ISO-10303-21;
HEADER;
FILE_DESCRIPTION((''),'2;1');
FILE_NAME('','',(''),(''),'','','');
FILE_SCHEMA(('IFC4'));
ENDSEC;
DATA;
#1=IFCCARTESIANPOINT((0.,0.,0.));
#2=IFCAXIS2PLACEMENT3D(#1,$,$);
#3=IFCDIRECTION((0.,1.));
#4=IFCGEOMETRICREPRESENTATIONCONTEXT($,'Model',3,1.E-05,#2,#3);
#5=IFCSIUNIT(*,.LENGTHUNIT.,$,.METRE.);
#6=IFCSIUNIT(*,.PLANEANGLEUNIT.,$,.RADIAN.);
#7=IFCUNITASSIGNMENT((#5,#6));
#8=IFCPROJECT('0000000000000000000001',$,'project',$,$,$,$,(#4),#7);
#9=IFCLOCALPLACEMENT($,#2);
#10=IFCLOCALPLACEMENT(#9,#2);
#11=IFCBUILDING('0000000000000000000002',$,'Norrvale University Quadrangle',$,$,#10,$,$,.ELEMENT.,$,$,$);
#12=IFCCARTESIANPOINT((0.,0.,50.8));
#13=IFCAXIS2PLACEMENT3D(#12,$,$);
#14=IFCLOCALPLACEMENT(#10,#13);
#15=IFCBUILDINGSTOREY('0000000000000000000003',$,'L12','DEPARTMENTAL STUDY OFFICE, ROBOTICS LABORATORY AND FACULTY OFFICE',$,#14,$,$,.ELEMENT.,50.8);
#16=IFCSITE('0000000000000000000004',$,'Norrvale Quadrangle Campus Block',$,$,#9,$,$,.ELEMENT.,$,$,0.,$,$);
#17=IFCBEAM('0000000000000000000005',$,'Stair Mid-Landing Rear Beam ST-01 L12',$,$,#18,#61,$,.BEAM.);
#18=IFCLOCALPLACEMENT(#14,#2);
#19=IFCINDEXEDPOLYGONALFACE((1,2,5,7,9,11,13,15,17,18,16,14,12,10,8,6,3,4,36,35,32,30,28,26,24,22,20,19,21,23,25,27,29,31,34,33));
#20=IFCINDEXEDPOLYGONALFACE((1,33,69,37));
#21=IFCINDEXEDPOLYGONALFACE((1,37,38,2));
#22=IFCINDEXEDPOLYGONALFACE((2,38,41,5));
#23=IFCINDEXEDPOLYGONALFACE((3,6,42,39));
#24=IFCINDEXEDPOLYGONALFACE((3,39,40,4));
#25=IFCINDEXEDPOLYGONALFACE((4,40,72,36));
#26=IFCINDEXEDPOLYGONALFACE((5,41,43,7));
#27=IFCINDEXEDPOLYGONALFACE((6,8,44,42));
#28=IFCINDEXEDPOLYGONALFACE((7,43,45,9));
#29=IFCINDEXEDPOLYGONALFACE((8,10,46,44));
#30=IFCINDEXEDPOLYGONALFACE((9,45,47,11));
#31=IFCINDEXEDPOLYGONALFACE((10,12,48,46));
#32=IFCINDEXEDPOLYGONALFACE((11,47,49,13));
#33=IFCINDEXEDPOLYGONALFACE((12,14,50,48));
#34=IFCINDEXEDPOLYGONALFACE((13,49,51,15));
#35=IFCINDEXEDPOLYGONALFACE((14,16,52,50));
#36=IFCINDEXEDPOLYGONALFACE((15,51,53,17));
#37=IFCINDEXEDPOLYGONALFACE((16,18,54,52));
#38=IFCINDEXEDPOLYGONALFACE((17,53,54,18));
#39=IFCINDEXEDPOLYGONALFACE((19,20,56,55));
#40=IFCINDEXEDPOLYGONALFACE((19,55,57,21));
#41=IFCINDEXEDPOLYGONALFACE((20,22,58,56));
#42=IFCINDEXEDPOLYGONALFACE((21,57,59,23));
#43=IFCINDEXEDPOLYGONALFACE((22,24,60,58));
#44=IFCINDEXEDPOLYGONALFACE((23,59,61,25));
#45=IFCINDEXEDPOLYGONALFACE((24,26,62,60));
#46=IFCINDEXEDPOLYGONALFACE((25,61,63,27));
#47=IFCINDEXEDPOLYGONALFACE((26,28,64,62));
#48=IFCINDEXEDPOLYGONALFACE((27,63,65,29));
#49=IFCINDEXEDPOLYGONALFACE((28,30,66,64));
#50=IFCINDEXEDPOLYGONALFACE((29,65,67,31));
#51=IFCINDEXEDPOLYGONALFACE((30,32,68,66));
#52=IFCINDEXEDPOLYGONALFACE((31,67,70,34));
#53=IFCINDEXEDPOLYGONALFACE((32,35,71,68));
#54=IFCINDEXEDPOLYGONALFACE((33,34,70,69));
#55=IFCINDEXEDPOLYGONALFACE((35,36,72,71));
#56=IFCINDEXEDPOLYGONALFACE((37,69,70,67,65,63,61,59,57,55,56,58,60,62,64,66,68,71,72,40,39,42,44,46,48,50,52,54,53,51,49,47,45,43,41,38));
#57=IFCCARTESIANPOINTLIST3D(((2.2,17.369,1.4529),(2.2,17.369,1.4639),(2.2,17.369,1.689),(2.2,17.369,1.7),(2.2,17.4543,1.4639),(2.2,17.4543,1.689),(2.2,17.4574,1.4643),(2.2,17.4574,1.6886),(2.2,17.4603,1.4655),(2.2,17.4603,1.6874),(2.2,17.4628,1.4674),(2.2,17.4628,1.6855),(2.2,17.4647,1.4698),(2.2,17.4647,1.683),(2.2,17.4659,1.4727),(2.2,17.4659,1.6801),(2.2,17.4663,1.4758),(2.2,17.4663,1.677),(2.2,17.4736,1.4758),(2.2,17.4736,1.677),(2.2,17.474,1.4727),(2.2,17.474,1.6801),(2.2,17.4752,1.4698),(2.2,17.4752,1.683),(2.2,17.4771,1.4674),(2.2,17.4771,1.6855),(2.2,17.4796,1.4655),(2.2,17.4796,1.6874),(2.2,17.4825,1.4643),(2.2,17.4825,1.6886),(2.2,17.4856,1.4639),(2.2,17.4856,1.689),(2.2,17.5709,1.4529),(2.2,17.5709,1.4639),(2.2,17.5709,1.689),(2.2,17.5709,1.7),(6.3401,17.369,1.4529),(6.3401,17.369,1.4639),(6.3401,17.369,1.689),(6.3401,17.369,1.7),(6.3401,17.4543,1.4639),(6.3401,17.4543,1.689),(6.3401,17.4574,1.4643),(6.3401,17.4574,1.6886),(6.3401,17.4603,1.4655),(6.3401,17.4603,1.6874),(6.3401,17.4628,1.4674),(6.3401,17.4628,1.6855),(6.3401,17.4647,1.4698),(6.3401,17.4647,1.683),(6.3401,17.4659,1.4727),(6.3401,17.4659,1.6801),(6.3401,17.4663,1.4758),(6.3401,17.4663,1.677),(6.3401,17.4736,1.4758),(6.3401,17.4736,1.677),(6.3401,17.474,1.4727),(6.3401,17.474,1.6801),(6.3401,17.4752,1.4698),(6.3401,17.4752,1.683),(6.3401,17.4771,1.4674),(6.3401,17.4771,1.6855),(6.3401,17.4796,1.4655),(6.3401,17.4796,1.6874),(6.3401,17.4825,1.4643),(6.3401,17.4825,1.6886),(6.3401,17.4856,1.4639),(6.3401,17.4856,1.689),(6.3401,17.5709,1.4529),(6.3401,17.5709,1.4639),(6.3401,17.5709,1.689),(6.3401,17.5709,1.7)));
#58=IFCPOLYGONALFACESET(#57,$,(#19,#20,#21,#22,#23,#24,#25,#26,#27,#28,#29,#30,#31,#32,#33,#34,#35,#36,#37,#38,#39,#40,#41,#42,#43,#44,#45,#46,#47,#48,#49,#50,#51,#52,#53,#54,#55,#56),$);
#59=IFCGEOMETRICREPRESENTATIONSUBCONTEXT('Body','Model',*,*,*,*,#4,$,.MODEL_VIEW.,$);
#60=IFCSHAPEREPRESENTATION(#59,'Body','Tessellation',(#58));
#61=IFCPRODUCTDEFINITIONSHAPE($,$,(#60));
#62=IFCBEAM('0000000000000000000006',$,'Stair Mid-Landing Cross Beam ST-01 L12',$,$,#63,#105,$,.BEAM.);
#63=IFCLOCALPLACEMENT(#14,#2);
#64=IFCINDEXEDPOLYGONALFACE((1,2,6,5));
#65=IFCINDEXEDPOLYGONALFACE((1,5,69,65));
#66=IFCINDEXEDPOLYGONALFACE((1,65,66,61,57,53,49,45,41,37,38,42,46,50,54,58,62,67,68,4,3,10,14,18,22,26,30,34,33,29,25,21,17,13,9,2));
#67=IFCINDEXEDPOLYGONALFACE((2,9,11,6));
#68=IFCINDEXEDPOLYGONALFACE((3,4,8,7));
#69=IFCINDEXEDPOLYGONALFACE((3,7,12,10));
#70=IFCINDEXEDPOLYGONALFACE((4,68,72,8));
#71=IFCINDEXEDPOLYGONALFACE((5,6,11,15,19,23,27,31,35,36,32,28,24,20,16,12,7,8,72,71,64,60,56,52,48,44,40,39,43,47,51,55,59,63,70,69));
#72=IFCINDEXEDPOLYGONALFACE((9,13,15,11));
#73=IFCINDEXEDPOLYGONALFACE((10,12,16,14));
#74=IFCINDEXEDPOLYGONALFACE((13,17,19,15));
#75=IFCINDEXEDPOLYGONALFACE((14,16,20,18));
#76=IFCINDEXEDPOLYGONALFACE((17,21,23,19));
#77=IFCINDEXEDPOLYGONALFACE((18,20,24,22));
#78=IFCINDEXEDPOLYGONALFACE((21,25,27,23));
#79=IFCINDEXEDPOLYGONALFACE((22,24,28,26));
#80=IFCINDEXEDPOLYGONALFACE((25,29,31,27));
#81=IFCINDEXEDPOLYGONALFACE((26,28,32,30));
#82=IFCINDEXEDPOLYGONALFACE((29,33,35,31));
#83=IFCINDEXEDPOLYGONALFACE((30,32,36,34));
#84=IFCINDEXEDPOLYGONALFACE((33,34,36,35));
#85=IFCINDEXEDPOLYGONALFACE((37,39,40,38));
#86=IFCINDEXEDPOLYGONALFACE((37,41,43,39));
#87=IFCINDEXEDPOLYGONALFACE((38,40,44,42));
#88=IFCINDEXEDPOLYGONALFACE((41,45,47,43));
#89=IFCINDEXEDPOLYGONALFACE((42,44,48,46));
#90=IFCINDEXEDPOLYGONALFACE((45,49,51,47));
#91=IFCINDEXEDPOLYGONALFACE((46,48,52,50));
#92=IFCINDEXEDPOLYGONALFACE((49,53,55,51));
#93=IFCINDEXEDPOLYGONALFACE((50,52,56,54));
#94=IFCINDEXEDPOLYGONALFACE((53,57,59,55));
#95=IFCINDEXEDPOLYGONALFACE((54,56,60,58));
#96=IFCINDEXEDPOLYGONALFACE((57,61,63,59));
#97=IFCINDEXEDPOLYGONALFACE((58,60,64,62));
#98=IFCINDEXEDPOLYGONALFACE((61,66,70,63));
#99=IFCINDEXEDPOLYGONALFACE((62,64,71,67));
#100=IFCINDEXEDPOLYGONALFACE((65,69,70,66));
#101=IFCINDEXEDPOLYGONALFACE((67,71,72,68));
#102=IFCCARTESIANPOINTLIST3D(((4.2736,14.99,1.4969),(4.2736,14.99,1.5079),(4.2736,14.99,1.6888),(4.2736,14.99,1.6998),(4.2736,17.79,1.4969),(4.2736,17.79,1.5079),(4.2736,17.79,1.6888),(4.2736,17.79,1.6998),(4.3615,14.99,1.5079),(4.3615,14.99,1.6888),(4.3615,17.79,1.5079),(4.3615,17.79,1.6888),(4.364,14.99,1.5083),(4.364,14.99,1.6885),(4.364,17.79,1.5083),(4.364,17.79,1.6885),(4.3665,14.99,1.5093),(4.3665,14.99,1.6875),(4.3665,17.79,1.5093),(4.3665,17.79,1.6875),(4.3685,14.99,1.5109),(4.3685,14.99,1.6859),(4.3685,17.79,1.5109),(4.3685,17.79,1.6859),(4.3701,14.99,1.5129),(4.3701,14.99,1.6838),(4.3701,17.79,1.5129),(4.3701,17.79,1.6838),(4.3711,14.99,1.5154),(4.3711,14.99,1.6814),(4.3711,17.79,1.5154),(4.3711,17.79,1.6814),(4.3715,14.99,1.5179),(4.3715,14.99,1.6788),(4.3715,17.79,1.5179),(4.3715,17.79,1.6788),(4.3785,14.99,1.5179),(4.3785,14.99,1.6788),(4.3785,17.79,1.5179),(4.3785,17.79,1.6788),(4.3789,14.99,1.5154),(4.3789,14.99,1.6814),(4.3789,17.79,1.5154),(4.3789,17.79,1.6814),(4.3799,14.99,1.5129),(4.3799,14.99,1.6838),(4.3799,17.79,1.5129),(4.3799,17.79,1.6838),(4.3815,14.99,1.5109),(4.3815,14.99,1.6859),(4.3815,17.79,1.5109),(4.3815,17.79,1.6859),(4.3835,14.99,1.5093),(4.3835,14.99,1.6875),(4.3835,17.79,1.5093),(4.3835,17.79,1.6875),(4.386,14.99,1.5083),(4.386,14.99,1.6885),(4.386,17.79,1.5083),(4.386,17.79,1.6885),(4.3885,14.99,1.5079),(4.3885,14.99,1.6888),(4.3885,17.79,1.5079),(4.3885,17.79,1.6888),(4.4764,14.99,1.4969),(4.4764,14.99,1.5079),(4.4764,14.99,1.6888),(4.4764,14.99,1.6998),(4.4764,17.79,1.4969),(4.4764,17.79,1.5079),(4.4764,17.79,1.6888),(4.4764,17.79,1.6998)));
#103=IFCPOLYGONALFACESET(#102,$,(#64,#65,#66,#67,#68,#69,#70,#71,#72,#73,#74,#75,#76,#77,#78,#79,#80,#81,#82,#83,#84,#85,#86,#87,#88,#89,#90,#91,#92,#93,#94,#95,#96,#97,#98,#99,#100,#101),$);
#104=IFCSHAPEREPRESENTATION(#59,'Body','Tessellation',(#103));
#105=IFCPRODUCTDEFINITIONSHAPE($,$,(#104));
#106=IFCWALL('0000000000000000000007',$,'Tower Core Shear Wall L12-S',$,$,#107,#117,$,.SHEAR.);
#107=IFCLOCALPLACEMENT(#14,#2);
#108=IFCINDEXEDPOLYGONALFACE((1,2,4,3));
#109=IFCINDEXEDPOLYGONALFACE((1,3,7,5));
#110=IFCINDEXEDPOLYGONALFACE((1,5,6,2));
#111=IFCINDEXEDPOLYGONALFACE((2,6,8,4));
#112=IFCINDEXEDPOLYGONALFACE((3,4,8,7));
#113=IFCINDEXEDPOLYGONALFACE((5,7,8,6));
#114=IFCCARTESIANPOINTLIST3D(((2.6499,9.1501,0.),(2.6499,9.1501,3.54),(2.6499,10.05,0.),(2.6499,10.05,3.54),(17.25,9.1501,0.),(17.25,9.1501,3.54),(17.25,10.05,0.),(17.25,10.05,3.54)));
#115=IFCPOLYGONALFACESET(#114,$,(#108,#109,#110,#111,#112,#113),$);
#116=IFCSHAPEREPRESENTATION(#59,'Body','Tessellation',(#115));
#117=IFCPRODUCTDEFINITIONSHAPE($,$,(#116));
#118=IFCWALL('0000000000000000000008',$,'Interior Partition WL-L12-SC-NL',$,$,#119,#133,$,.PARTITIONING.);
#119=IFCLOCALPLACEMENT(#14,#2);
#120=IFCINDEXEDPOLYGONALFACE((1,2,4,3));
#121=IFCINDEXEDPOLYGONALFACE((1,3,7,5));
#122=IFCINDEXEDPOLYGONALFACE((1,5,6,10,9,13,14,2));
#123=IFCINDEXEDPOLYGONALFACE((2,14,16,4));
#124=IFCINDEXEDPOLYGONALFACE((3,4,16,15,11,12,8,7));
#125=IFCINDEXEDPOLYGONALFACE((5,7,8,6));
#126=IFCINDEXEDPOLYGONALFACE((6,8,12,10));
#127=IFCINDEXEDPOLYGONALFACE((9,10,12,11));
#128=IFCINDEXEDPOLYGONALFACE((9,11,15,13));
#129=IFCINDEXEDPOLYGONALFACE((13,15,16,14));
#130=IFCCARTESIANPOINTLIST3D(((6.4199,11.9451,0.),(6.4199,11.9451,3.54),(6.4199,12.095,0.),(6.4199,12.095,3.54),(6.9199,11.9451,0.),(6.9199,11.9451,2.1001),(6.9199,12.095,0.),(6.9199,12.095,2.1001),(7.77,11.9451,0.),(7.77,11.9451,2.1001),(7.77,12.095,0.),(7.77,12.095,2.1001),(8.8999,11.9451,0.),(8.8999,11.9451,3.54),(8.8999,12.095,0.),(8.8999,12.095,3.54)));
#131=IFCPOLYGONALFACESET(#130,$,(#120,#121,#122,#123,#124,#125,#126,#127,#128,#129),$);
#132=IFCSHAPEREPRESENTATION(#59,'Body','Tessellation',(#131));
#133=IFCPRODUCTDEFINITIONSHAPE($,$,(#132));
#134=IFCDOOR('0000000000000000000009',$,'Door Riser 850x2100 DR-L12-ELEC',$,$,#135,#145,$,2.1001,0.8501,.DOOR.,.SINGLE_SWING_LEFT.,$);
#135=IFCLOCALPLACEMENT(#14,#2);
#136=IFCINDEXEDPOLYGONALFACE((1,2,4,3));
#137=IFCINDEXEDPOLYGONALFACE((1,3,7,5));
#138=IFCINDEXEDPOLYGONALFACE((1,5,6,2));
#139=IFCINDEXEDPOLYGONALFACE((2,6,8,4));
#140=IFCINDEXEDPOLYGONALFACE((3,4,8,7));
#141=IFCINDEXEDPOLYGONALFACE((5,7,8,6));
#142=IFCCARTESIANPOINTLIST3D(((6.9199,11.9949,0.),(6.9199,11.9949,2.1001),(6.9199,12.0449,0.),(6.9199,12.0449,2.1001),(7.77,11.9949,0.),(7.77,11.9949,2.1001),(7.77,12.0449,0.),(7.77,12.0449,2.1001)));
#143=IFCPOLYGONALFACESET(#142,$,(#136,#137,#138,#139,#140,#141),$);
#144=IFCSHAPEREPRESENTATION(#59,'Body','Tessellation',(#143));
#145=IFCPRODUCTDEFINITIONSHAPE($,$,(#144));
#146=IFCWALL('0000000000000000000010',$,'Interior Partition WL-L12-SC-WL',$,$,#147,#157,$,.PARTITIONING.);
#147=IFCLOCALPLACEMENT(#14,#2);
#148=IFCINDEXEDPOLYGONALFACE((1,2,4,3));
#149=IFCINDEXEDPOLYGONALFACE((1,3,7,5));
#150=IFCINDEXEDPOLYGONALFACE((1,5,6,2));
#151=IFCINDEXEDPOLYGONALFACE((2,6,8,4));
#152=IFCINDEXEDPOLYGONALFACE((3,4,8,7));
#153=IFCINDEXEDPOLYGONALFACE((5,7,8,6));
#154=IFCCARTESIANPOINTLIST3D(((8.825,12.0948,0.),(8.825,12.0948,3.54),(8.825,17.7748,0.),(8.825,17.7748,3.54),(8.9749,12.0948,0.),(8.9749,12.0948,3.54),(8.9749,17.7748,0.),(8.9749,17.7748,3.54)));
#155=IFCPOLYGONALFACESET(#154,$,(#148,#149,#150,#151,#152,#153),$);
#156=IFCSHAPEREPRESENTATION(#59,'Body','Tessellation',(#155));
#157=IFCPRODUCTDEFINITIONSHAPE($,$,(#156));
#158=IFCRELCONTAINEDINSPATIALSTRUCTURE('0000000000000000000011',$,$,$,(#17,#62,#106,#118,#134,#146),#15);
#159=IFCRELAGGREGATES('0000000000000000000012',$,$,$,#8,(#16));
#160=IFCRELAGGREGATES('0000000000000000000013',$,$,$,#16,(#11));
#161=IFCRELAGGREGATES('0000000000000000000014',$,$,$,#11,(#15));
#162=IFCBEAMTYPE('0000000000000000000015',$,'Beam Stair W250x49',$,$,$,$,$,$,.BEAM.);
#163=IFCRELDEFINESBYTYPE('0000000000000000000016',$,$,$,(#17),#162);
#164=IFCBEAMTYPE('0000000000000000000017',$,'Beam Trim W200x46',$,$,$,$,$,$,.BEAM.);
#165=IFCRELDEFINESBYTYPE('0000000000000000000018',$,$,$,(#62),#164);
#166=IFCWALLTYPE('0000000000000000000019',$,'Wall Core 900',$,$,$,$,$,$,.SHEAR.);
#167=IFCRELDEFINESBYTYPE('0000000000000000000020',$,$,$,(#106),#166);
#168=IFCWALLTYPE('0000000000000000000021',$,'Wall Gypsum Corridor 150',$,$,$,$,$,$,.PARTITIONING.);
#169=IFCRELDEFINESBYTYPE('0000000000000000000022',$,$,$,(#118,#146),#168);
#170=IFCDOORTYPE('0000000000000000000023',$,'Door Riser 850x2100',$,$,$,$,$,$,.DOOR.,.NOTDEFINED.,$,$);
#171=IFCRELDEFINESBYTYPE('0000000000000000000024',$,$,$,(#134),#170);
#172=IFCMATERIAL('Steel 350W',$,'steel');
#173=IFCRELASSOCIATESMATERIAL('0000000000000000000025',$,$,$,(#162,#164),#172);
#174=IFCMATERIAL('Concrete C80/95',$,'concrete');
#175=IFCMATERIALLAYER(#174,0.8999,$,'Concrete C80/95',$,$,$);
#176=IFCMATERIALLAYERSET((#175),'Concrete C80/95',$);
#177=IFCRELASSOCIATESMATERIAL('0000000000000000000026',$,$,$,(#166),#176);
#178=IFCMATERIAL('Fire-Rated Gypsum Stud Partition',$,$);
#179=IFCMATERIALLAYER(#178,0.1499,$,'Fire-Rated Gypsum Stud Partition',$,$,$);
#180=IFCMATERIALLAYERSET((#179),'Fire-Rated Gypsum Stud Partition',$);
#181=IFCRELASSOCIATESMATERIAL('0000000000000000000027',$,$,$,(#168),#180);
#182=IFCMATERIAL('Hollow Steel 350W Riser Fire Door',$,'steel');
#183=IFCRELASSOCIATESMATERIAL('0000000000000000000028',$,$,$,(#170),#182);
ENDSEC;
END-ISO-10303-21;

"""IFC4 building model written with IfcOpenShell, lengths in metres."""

from ifc_helpers import new_model, si_unit, direction, frame, frame_2d, origin, origin_2d, place, context, subcontext, project, spatial, rectangle, i_section, extrude, material, layer, layer_set, material_profile, profile_set, type_object, element, fill, save


model = new_model("IFC4")

# Units and contexts
model_context = context("Model", 3, precision=1e-05, world=origin(), true_north=direction((0.0, 1.0)))
body_context = subcontext(model_context, "Body", "Model", "MODEL_VIEW")
ifc_project = project(units=[si_unit("LENGTHUNIT", "METRE"), si_unit("PLANEANGLEUNIT", "RADIAN")], contexts=[model_context])

# Site, building, storey
site_placement = place(None, origin())
site = spatial("IfcSite", under=ifc_project, at=site_placement, Name="Norrvale Quadrangle Campus Block", CompositionType="ELEMENT", RefElevation=0.0)
building_placement = place(site_placement, origin())
building = spatial("IfcBuilding", under=site, at=building_placement, Name="Norrvale University Quadrangle", CompositionType="ELEMENT")
storey_placement = place(building_placement, frame((0.0, 0.0, 50.8)))
storey = spatial("IfcBuildingStorey", under=building, at=storey_placement, Name="L12", Description="DEPARTMENTAL STUDY OFFICE, ROBOTICS LABORATORY AND FACULTY OFFICE", CompositionType="ELEMENT", Elevation=50.8)

# Shared definitions
ifc_material_1 = material(Name="Concrete C80/95", Category="concrete")

# Beams
ifc_material_2 = material(Name="Steel 350W", Category="steel")
ifc_material_profile_1 = material_profile(ifc_material_2, i_section(OverallWidth=0.2019, OverallDepth=0.2471, WebThickness=0.0073, FlangeThickness=0.011, FilletRadius=0.012, at=origin_2d()), Name="Steel 350W")
ifc_profile_set_1 = profile_set([ifc_material_profile_1], Name="Steel 350W")
beam_type_1 = type_object("IfcBeamType", Name="Beam Stair W250x49", PredefinedType="BEAM", material=ifc_profile_set_1)
for number, where, z_axis, x_axis, name in (
    (1, (2.2, 17.47, 1.5764), (1.0, 0.0, 0.0), (0.0, 1.0, 0.0), "Stair Mid-Landing Rear Beam ST-01 L12"),
):
    element("IfcBeam", number, at=place(storey_placement, frame(where, z_axis=z_axis, x_axis=x_axis)), inside=storey, type_object=beam_type_1, Name=name, PredefinedType="BEAM", context=body_context, shape_type="SweptSolid", body=[
        extrude(i_section(OverallWidth=0.2019, OverallDepth=0.2471, WebThickness=0.0073, FlangeThickness=0.011, FilletRadius=0.012, at=origin_2d()), origin(), (0.0, 0.0, 1.0), 4.1401),
    ])
ifc_material_profile_2 = material_profile(ifc_material_2, i_section(OverallWidth=0.2029, OverallDepth=0.2029, WebThickness=0.0071, FlangeThickness=0.011, FilletRadius=0.01, at=origin_2d()), Name="Steel 350W")
ifc_profile_set_2 = profile_set([ifc_material_profile_2], Name="Steel 350W")
beam_type_2 = type_object("IfcBeamType", Name="Beam Trim W200x46", PredefinedType="BEAM", material=ifc_profile_set_2)
beam_1_placement = place(storey_placement, frame((4.375, 14.99, 1.5984), z_axis=(0.0, 1.0, 0.0), x_axis=(-1.0, 0.0, 0.0)))
element("IfcBeam", 2, at=beam_1_placement, inside=storey, type_object=beam_type_2, Name="Stair Mid-Landing Cross Beam ST-01 L12", PredefinedType="BEAM", context=body_context, shape_type="SweptSolid", body=[
    extrude(i_section(OverallWidth=0.2029, OverallDepth=0.2029, WebThickness=0.0071, FlangeThickness=0.011, FilletRadius=0.01, at=origin_2d()), origin(), (0.0, 0.0, 1.0), 2.8),
])

# Wall
ifc_layer_1 = layer(ifc_material_1, 0.8999, Name="Concrete C80/95")
ifc_layer_set_1 = layer_set([ifc_layer_1], Name="Concrete C80/95")
wall_type_1 = type_object("IfcWallType", Name="Wall Core 900", PredefinedType="SHEAR", material=ifc_layer_set_1)
wall_1_placement = place(storey_placement, frame((2.6499, 9.6001, 0.0), z_axis=(0.0, 0.0, 1.0), x_axis=(1.0, 0.0, 0.0)))
element("IfcWall", 3, at=wall_1_placement, inside=storey, type_object=wall_type_1, Name="Tower Core Shear Wall L12-S", PredefinedType="SHEAR", context=body_context, shape_type="SweptSolid", body=[
    extrude(rectangle(XDim=14.6001, YDim=0.8999, at=frame_2d((7.3, 0.0))), origin(), (0.0, 0.0, 1.0), 3.54),
])

# Wall, opening, door
ifc_material_3 = material(Name="Fire-Rated Gypsum Stud Partition")
ifc_layer_2 = layer(ifc_material_3, 0.1499, Name="Fire-Rated Gypsum Stud Partition")
ifc_layer_set_2 = layer_set([ifc_layer_2], Name="Fire-Rated Gypsum Stud Partition")
wall_type_2 = type_object("IfcWallType", Name="Wall Gypsum Corridor 150", PredefinedType="PARTITIONING", material=ifc_layer_set_2)
wall_2_placement = place(storey_placement, frame((6.4199, 12.02, 0.0), z_axis=(0.0, 0.0, 1.0), x_axis=(1.0, 0.0, 0.0)))
wall_2 = element("IfcWall", 4, at=wall_2_placement, inside=storey, type_object=wall_type_2, Name="Interior Partition WL-L12-SC-NL", PredefinedType="PARTITIONING", context=body_context, shape_type="SweptSolid", body=[
    extrude(rectangle(XDim=2.48, YDim=0.1499, at=frame_2d((1.24, 0.0))), origin(), (0.0, 0.0, 1.0), 3.54),
])
opening_1_placement = place(wall_2_placement, frame((0.5, 0.0, 0.0)))
opening_1 = element("IfcOpeningElement", 5, at=opening_1_placement, cuts=wall_2, PredefinedType="OPENING", context=body_context, shape_type="SweptSolid", body=[
    extrude(rectangle(XDim=0.8501, YDim=2.1001, at=frame_2d((0.425, 1.05))), frame((0.0, 0.0869, 0.0), z_axis=(0.0, -1.0, 0.0), x_axis=(1.0, 0.0, 0.0)), (0.0, 0.0, 1.0), 0.1738),
])
ifc_material_4 = material(Name="Hollow Steel 350W Riser Fire Door", Category="steel")
door_type_1 = type_object("IfcDoorType", Name="Door Riser 850x2100", OperationType="NOTDEFINED", PredefinedType="DOOR", material=ifc_material_4)
door_1_placement = place(opening_1_placement, origin())
door_1 = element("IfcDoor", 6, at=door_1_placement, inside=storey, type_object=door_type_1, Name="Door Riser 850x2100 DR-L12-ELEC", OperationType="SINGLE_SWING_LEFT", OverallHeight=2.1001, OverallWidth=0.8501, PredefinedType="DOOR", context=body_context, shape_type="SweptSolid", body=[
    extrude(rectangle(XDim=0.8501, YDim=2.1001, at=frame_2d((0.425, 1.05))), frame((0.0, 0.0249, 0.0), z_axis=(0.0, -1.0, 0.0), x_axis=(1.0, 0.0, 0.0)), (0.0, 0.0, 1.0), 0.05),
])
fill(opening_1, door_1)

# Wall
wall_3_placement = place(storey_placement, frame((8.8999, 12.095, 0.0), z_axis=(0.0, 0.0, 1.0), x_axis=(0.0, 1.0, 0.0)))
element("IfcWall", 7, at=wall_3_placement, inside=storey, type_object=wall_type_2, Name="Interior Partition WL-L12-SC-WL", PredefinedType="PARTITIONING", context=body_context, shape_type="SweptSolid", body=[
    extrude(rectangle(XDim=5.6799, YDim=0.1499, at=frame_2d((2.8398, 0.0))), origin(), (0.0, 0.0, 1.0), 3.54),
])

save(model, "model.ifc")
